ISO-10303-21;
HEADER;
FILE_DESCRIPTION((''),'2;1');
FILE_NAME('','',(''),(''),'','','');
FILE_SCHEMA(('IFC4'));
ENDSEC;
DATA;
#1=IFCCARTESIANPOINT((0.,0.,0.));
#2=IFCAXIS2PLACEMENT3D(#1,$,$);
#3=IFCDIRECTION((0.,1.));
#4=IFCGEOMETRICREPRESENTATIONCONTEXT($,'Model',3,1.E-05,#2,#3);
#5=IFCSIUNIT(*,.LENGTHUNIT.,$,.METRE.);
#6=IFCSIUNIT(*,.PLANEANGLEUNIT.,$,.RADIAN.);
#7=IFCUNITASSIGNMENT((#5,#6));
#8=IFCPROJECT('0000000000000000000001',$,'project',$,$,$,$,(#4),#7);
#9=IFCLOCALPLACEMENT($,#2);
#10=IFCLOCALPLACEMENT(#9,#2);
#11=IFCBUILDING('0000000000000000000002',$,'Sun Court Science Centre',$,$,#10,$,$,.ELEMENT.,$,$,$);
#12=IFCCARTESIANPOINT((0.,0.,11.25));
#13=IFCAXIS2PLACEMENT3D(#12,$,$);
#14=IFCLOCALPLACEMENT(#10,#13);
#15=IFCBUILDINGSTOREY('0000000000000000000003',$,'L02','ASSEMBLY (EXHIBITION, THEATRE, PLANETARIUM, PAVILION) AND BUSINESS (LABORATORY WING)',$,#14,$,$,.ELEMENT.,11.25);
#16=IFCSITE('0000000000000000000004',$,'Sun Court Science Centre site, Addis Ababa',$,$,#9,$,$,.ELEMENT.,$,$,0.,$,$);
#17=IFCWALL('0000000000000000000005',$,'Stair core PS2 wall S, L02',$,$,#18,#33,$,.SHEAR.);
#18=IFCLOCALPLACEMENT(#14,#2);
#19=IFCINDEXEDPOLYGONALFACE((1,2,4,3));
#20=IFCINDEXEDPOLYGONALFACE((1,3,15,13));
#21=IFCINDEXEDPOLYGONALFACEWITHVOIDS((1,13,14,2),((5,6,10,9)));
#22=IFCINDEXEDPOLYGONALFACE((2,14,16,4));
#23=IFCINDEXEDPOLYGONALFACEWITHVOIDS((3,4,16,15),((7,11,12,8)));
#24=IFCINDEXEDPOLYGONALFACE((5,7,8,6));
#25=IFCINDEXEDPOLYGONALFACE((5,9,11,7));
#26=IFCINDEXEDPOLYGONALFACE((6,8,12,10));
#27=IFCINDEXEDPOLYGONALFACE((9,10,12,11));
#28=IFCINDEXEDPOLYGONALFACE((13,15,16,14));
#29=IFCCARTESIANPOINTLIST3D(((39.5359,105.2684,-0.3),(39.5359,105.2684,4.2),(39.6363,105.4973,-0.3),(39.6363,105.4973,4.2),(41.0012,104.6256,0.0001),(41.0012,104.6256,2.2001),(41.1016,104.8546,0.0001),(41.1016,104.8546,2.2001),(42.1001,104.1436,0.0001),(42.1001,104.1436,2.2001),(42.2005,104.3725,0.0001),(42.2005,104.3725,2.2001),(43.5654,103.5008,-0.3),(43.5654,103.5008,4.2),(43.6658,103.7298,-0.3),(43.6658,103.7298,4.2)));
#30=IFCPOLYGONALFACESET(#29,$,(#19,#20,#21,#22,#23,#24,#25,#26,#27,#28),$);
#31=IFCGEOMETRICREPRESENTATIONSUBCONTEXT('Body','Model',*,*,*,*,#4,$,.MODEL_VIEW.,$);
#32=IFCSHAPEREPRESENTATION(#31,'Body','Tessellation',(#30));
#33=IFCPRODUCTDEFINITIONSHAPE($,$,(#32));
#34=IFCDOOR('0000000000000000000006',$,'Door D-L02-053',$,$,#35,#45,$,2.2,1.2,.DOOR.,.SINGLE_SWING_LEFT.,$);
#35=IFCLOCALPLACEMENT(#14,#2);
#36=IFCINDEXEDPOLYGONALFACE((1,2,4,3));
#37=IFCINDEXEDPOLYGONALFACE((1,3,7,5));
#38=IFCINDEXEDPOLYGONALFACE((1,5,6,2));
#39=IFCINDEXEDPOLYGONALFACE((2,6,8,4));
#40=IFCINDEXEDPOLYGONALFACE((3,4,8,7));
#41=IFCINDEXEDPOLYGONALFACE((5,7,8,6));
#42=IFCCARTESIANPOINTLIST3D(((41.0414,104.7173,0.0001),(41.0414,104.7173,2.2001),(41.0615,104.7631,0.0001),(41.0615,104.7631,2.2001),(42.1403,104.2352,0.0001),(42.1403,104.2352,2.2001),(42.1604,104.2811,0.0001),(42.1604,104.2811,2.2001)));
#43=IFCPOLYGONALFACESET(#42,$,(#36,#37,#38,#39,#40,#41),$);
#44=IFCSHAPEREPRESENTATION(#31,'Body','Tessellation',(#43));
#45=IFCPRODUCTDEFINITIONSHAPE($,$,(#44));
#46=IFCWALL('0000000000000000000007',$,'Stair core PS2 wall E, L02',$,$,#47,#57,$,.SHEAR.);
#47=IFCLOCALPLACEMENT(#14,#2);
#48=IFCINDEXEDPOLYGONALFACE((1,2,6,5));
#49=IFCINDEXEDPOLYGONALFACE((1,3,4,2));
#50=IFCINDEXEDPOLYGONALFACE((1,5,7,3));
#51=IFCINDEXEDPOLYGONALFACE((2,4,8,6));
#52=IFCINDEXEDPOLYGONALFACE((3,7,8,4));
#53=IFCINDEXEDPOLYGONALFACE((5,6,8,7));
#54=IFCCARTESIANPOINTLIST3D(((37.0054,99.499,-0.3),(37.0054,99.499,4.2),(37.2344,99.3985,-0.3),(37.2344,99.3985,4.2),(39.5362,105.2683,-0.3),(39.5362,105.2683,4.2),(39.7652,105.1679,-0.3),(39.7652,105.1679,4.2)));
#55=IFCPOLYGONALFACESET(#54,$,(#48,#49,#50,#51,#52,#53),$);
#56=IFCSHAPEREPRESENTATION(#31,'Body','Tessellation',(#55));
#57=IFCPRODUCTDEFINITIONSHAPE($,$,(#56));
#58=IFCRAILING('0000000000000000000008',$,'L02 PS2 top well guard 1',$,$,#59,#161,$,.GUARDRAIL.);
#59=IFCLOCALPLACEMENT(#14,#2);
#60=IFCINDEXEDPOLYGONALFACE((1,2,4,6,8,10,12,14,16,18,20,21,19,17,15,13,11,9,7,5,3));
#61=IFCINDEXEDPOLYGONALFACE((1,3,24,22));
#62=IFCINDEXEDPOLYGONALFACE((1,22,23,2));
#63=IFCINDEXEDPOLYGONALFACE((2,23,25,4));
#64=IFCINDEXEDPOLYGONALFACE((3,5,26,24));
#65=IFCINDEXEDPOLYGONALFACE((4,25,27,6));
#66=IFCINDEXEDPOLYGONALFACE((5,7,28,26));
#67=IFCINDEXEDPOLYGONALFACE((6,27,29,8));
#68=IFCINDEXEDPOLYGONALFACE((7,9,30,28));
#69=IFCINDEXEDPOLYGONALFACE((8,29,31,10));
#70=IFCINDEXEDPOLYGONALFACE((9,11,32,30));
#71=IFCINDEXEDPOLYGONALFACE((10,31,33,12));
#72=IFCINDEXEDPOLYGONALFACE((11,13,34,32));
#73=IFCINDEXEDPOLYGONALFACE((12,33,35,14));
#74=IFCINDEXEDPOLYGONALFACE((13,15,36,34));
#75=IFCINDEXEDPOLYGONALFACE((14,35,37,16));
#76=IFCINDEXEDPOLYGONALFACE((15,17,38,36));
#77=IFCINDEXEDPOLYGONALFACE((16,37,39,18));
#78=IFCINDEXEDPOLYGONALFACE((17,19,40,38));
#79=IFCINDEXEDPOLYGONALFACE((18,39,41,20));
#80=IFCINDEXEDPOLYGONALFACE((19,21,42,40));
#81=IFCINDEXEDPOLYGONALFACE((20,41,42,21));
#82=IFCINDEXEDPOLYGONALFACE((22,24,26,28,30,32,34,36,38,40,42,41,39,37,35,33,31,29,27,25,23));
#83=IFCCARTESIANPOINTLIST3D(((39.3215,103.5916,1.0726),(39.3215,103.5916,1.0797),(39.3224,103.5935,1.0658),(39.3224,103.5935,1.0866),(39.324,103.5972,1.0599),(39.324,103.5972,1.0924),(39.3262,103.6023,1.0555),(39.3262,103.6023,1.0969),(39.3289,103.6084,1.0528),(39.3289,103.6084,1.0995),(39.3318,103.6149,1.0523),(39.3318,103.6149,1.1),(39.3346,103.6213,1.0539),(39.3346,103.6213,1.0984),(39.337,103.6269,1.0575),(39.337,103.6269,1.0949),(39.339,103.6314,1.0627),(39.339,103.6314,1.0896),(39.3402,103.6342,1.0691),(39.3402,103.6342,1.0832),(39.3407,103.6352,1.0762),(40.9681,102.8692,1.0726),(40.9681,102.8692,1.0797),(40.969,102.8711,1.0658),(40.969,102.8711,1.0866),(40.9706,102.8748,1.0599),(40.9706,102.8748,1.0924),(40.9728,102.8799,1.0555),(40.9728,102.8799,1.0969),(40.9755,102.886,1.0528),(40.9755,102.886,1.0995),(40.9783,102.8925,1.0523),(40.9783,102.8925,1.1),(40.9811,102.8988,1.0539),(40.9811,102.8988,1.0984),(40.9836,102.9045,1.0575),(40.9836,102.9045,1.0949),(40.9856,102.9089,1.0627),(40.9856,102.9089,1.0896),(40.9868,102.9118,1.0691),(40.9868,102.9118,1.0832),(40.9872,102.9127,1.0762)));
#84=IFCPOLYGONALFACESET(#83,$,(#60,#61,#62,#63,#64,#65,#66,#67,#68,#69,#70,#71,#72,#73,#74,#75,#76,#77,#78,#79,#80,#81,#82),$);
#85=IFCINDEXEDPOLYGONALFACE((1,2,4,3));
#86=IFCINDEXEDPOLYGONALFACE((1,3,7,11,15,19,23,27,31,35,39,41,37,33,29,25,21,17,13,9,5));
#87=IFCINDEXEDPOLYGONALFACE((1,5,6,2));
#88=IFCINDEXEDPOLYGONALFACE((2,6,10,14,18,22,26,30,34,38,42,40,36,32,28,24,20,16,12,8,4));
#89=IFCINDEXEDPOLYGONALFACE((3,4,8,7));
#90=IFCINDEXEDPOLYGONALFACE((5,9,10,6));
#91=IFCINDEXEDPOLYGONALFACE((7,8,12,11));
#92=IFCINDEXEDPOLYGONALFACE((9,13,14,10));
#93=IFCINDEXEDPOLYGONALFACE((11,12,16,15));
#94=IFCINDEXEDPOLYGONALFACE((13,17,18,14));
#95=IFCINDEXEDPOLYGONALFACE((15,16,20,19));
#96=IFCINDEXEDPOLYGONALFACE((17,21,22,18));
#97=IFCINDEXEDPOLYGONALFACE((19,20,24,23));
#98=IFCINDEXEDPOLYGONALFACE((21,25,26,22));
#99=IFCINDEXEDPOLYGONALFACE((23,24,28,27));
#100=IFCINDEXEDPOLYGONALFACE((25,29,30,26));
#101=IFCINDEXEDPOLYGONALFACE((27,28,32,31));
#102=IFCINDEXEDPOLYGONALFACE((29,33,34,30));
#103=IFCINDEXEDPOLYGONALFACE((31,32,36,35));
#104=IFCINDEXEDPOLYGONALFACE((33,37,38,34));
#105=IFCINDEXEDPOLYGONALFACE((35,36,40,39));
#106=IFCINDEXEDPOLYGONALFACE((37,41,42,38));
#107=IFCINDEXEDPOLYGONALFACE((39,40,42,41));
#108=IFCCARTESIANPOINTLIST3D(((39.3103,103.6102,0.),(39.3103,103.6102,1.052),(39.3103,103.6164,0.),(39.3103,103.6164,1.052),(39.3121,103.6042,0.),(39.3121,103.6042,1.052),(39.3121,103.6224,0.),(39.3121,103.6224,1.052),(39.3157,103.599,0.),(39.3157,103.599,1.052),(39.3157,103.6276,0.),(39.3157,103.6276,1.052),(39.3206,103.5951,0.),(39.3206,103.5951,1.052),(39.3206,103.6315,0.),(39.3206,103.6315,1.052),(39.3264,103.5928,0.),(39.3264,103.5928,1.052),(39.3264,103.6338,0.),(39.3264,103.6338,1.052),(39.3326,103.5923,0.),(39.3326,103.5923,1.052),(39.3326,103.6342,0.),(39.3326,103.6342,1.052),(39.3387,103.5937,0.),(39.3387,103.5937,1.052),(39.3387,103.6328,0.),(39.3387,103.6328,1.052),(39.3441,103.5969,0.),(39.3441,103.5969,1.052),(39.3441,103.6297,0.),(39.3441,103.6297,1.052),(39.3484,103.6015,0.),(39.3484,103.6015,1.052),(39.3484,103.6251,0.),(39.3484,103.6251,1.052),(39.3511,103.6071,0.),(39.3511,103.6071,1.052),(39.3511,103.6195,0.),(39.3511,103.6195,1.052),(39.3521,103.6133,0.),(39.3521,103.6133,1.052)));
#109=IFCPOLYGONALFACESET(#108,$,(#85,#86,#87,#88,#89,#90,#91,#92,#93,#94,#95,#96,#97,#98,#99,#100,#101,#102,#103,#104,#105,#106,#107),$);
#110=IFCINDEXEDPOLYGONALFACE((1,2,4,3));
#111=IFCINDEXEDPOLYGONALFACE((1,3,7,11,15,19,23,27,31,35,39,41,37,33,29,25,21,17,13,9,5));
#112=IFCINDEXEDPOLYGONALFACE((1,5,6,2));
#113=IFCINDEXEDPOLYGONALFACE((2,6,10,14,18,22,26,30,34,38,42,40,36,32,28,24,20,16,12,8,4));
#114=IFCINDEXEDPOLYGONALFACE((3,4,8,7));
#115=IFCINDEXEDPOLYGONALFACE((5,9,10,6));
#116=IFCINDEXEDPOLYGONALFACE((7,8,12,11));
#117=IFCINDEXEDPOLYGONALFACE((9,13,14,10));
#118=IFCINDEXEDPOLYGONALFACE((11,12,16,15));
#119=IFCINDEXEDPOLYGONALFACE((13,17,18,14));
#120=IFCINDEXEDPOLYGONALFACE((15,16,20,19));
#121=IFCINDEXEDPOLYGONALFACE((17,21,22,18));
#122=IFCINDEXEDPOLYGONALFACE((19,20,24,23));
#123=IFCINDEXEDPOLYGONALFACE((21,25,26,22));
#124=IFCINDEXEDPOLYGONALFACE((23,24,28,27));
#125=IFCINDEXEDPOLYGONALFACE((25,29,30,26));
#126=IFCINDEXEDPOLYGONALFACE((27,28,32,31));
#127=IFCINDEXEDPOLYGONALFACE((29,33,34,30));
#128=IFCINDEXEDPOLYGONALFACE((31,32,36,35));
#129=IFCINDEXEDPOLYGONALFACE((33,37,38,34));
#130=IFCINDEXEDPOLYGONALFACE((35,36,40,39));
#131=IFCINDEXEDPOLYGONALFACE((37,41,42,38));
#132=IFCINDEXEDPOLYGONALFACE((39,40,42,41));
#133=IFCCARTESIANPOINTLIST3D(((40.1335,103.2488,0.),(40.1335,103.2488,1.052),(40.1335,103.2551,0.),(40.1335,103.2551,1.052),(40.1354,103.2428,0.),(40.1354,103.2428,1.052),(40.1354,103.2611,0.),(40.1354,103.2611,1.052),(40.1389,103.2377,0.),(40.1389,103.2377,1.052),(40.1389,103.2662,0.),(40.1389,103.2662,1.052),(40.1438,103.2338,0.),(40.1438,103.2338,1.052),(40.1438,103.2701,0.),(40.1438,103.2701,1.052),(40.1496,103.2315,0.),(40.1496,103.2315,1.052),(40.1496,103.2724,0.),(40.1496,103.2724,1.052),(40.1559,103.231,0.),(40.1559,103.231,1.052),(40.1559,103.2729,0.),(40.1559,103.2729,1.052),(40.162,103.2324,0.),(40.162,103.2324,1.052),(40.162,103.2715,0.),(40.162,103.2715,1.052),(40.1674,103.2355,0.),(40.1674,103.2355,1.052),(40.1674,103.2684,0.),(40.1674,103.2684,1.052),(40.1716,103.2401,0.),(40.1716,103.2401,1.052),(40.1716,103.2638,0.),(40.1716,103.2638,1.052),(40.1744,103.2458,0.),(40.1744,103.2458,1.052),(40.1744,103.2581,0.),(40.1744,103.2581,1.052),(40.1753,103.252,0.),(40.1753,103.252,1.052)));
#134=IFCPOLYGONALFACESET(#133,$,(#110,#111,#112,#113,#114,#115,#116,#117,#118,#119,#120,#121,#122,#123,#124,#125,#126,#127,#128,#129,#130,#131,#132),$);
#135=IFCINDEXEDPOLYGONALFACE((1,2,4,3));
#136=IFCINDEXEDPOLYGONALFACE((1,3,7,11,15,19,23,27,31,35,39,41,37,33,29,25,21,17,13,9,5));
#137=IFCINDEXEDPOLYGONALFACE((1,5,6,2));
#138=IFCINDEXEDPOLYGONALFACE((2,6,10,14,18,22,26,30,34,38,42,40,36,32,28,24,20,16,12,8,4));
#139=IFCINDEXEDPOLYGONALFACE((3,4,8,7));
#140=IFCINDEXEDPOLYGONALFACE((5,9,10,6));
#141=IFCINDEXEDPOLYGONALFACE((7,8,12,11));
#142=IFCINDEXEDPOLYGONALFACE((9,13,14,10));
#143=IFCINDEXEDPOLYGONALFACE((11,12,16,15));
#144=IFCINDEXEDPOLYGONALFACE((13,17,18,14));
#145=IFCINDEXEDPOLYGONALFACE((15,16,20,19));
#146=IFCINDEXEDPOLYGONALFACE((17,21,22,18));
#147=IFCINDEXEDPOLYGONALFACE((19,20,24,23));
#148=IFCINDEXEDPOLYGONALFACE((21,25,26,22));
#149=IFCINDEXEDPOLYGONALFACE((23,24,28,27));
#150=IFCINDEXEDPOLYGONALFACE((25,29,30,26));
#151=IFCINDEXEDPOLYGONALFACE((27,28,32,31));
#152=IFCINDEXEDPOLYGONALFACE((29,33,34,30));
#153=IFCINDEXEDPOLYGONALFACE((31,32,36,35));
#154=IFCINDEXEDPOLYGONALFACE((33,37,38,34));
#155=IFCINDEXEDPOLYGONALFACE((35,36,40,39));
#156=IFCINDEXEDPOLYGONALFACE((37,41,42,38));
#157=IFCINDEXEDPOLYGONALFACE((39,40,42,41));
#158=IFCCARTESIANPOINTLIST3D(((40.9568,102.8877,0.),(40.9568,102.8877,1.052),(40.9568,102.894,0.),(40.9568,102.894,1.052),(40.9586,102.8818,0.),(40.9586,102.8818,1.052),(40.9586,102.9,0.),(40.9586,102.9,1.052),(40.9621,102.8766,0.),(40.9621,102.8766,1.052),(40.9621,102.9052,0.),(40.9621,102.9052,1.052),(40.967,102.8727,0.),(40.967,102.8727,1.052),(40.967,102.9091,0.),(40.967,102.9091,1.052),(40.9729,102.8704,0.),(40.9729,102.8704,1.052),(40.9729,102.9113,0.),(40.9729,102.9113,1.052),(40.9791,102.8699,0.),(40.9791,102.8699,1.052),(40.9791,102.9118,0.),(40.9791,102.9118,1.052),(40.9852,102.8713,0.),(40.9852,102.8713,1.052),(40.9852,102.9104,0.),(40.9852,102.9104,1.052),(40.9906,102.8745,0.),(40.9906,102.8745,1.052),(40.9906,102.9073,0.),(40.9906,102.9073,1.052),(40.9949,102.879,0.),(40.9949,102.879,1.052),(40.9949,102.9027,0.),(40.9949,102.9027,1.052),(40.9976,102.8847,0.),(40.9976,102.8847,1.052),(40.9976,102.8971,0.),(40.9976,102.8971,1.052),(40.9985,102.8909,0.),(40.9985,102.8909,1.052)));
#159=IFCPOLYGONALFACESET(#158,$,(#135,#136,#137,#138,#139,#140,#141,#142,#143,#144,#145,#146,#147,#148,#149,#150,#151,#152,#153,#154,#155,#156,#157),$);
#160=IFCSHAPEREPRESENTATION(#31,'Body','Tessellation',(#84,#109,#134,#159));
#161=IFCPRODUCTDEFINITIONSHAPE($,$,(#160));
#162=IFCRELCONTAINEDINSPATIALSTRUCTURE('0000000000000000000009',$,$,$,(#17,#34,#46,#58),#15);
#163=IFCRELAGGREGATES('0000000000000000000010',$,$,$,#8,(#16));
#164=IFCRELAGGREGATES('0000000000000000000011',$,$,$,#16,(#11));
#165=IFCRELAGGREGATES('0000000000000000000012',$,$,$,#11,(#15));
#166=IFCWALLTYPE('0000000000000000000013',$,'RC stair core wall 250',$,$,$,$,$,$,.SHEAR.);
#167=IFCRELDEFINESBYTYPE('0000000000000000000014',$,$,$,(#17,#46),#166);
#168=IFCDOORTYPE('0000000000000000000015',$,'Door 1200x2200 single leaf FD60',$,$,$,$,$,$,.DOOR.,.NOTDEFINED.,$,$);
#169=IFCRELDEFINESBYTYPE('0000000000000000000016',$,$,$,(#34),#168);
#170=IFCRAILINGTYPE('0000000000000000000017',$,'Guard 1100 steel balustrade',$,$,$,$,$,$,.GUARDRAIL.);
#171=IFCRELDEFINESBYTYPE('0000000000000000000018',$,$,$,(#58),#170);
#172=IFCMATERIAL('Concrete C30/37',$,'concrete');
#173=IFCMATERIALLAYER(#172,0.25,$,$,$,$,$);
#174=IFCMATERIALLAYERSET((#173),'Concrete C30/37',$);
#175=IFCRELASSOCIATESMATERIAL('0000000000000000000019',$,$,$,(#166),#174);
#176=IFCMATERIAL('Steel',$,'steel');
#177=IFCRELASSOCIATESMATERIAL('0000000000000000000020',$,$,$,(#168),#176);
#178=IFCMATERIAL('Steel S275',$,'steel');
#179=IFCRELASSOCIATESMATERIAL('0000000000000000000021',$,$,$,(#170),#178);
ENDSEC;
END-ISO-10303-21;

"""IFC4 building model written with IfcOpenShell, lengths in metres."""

from ifc_helpers import new_model, si_unit, direction, frame, frame_2d, origin, origin_2d, place, context, subcontext, project, spatial, rectangle, circle, extrude, material, layer, layer_set, type_object, element, fill, save


model = new_model("IFC4")

# Units and contexts
model_context = context("Model", 3, precision=1e-05, world=origin(), true_north=direction((0.0, 1.0)))
body_context = subcontext(model_context, "Body", "Model", "MODEL_VIEW")
ifc_project = project(units=[si_unit("LENGTHUNIT", "METRE"), si_unit("PLANEANGLEUNIT", "RADIAN")], contexts=[model_context])

# Site, building, storey
site_placement = place(None, origin())
site = spatial("IfcSite", under=ifc_project, at=site_placement, Name="Sun Court Science Centre site, Addis Ababa", CompositionType="ELEMENT", RefElevation=0.0)
building_placement = place(site_placement, origin())
building = spatial("IfcBuilding", under=site, at=building_placement, Name="Sun Court Science Centre", CompositionType="ELEMENT")
storey_placement = place(building_placement, frame((0.0, 0.0, 11.25)))
storey = spatial("IfcBuildingStorey", under=building, at=storey_placement, Name="L02", Description="ASSEMBLY (EXHIBITION, THEATRE, PLANETARIUM, PAVILION) AND BUSINESS (LABORATORY WING)", CompositionType="ELEMENT", Elevation=11.25)

# Wall, opening, door
ifc_material_1 = material(Name="Concrete C30/37", Category="concrete")
ifc_layer_1 = layer(ifc_material_1, 0.25)
ifc_layer_set_1 = layer_set([ifc_layer_1], Name="Concrete C30/37")
wall_type_1 = type_object("IfcWallType", Name="RC stair core wall 250", PredefinedType="SHEAR", material=ifc_layer_set_1)
wall_1_placement = place(storey_placement, frame((43.6157, 103.6152, -0.3), z_axis=(0.0, 0.0, 1.0), x_axis=(-0.915769, 0.401706, 0.0)))
wall_1 = element("IfcWall", 1, at=wall_1_placement, inside=storey, type_object=wall_type_1, Name="Stair core PS2 wall S, L02", PredefinedType="SHEAR", context=body_context, shape_type="SweptSolid", body=[
    extrude(rectangle(XDim=4.4001, YDim=0.25, at=frame_2d((2.2002, 0.0))), origin(), (0.0, 0.0, 1.0), 4.5),
])
opening_1_placement = place(wall_1_placement, frame((1.6001, 0.0, 0.3)))
opening_1 = element("IfcOpeningElement", 2, at=opening_1_placement, cuts=wall_1, PredefinedType="OPENING", context=body_context, shape_type="SweptSolid", body=[
    extrude(rectangle(XDim=1.2, YDim=2.2, at=frame_2d((0.6001, 1.1001))), frame((0.0, 0.135, 0.0), z_axis=(0.0, -1.0, 0.0), x_axis=(1.0, 0.0, 0.0)), (0.0, 0.0, 1.0), 0.27),
])
ifc_material_2 = material(Name="Steel", Category="steel")
door_type_1 = type_object("IfcDoorType", Name="Door 1200x2200 single leaf FD60", OperationType="NOTDEFINED", PredefinedType="DOOR", material=ifc_material_2)
door_1_placement = place(opening_1_placement, origin())
door_1 = element("IfcDoor", 3, at=door_1_placement, inside=storey, type_object=door_type_1, Name="Door D-L02-053", OperationType="SINGLE_SWING_LEFT", OverallHeight=2.2, OverallWidth=1.2, PredefinedType="DOOR", context=body_context, shape_type="SweptSolid", body=[
    extrude(rectangle(XDim=1.2, YDim=2.2, at=frame_2d((0.6001, 1.1001))), frame((0.0, 0.0249, 0.0), z_axis=(0.0, -1.0, 0.0), x_axis=(1.0, 0.0, 0.0)), (0.0, 0.0, 1.0), 0.05),
])
fill(opening_1, door_1)

# Wall
wall_2_placement = place(storey_placement, frame((39.6506, 105.218, -0.3), z_axis=(0.0, 0.0, 1.0), x_axis=(-0.401711, -0.915766, 0.0)))
element("IfcWall", 4, at=wall_2_placement, inside=storey, type_object=wall_type_1, Name="Stair core PS2 wall E, L02", PredefinedType="SHEAR", context=body_context, shape_type="SweptSolid", body=[
    extrude(rectangle(XDim=6.3, YDim=0.25, at=frame_2d((3.1499, 0.0))), origin(), (0.0, 0.0, 1.0), 4.5),
])

# Railing
ifc_material_3 = material(Name="Steel S275", Category="steel")
railing_type = type_object("IfcRailingType", Name="Guard 1100 steel balustrade", PredefinedType="GUARDRAIL", material=ifc_material_3)
railing_1_placement = place(storey_placement, frame((39.3311, 103.6133, 0.0)))
element("IfcRailing", 5, at=railing_1_placement, inside=storey, type_object=railing_type, Name="L02 PS2 top well guard 1", PredefinedType="GUARDRAIL", context=body_context, shape_type="SweptSolid", body=[
    extrude(circle(Radius=0.0239, at=origin_2d()), frame((0.0, 0.0, 1.0762), z_axis=(0.915733, -0.401787, 0.0), x_axis=(0.401787, 0.915733, 0.0)), (0.0, 0.0, 1.0), 1.7981),
    extrude(circle(Radius=0.021, at=origin_2d()), origin(), (0.0, 0.0, 1.0), 1.052),
    extrude(circle(Radius=0.021, at=origin_2d()), frame((0.8232, -0.3613, 0.0)), (0.0, 0.0, 1.0), 1.052),
    extrude(circle(Radius=0.021, at=origin_2d()), frame((1.6465, -0.7224, 0.0)), (0.0, 0.0, 1.0), 1.052),
])

save(model, "model.ifc")
